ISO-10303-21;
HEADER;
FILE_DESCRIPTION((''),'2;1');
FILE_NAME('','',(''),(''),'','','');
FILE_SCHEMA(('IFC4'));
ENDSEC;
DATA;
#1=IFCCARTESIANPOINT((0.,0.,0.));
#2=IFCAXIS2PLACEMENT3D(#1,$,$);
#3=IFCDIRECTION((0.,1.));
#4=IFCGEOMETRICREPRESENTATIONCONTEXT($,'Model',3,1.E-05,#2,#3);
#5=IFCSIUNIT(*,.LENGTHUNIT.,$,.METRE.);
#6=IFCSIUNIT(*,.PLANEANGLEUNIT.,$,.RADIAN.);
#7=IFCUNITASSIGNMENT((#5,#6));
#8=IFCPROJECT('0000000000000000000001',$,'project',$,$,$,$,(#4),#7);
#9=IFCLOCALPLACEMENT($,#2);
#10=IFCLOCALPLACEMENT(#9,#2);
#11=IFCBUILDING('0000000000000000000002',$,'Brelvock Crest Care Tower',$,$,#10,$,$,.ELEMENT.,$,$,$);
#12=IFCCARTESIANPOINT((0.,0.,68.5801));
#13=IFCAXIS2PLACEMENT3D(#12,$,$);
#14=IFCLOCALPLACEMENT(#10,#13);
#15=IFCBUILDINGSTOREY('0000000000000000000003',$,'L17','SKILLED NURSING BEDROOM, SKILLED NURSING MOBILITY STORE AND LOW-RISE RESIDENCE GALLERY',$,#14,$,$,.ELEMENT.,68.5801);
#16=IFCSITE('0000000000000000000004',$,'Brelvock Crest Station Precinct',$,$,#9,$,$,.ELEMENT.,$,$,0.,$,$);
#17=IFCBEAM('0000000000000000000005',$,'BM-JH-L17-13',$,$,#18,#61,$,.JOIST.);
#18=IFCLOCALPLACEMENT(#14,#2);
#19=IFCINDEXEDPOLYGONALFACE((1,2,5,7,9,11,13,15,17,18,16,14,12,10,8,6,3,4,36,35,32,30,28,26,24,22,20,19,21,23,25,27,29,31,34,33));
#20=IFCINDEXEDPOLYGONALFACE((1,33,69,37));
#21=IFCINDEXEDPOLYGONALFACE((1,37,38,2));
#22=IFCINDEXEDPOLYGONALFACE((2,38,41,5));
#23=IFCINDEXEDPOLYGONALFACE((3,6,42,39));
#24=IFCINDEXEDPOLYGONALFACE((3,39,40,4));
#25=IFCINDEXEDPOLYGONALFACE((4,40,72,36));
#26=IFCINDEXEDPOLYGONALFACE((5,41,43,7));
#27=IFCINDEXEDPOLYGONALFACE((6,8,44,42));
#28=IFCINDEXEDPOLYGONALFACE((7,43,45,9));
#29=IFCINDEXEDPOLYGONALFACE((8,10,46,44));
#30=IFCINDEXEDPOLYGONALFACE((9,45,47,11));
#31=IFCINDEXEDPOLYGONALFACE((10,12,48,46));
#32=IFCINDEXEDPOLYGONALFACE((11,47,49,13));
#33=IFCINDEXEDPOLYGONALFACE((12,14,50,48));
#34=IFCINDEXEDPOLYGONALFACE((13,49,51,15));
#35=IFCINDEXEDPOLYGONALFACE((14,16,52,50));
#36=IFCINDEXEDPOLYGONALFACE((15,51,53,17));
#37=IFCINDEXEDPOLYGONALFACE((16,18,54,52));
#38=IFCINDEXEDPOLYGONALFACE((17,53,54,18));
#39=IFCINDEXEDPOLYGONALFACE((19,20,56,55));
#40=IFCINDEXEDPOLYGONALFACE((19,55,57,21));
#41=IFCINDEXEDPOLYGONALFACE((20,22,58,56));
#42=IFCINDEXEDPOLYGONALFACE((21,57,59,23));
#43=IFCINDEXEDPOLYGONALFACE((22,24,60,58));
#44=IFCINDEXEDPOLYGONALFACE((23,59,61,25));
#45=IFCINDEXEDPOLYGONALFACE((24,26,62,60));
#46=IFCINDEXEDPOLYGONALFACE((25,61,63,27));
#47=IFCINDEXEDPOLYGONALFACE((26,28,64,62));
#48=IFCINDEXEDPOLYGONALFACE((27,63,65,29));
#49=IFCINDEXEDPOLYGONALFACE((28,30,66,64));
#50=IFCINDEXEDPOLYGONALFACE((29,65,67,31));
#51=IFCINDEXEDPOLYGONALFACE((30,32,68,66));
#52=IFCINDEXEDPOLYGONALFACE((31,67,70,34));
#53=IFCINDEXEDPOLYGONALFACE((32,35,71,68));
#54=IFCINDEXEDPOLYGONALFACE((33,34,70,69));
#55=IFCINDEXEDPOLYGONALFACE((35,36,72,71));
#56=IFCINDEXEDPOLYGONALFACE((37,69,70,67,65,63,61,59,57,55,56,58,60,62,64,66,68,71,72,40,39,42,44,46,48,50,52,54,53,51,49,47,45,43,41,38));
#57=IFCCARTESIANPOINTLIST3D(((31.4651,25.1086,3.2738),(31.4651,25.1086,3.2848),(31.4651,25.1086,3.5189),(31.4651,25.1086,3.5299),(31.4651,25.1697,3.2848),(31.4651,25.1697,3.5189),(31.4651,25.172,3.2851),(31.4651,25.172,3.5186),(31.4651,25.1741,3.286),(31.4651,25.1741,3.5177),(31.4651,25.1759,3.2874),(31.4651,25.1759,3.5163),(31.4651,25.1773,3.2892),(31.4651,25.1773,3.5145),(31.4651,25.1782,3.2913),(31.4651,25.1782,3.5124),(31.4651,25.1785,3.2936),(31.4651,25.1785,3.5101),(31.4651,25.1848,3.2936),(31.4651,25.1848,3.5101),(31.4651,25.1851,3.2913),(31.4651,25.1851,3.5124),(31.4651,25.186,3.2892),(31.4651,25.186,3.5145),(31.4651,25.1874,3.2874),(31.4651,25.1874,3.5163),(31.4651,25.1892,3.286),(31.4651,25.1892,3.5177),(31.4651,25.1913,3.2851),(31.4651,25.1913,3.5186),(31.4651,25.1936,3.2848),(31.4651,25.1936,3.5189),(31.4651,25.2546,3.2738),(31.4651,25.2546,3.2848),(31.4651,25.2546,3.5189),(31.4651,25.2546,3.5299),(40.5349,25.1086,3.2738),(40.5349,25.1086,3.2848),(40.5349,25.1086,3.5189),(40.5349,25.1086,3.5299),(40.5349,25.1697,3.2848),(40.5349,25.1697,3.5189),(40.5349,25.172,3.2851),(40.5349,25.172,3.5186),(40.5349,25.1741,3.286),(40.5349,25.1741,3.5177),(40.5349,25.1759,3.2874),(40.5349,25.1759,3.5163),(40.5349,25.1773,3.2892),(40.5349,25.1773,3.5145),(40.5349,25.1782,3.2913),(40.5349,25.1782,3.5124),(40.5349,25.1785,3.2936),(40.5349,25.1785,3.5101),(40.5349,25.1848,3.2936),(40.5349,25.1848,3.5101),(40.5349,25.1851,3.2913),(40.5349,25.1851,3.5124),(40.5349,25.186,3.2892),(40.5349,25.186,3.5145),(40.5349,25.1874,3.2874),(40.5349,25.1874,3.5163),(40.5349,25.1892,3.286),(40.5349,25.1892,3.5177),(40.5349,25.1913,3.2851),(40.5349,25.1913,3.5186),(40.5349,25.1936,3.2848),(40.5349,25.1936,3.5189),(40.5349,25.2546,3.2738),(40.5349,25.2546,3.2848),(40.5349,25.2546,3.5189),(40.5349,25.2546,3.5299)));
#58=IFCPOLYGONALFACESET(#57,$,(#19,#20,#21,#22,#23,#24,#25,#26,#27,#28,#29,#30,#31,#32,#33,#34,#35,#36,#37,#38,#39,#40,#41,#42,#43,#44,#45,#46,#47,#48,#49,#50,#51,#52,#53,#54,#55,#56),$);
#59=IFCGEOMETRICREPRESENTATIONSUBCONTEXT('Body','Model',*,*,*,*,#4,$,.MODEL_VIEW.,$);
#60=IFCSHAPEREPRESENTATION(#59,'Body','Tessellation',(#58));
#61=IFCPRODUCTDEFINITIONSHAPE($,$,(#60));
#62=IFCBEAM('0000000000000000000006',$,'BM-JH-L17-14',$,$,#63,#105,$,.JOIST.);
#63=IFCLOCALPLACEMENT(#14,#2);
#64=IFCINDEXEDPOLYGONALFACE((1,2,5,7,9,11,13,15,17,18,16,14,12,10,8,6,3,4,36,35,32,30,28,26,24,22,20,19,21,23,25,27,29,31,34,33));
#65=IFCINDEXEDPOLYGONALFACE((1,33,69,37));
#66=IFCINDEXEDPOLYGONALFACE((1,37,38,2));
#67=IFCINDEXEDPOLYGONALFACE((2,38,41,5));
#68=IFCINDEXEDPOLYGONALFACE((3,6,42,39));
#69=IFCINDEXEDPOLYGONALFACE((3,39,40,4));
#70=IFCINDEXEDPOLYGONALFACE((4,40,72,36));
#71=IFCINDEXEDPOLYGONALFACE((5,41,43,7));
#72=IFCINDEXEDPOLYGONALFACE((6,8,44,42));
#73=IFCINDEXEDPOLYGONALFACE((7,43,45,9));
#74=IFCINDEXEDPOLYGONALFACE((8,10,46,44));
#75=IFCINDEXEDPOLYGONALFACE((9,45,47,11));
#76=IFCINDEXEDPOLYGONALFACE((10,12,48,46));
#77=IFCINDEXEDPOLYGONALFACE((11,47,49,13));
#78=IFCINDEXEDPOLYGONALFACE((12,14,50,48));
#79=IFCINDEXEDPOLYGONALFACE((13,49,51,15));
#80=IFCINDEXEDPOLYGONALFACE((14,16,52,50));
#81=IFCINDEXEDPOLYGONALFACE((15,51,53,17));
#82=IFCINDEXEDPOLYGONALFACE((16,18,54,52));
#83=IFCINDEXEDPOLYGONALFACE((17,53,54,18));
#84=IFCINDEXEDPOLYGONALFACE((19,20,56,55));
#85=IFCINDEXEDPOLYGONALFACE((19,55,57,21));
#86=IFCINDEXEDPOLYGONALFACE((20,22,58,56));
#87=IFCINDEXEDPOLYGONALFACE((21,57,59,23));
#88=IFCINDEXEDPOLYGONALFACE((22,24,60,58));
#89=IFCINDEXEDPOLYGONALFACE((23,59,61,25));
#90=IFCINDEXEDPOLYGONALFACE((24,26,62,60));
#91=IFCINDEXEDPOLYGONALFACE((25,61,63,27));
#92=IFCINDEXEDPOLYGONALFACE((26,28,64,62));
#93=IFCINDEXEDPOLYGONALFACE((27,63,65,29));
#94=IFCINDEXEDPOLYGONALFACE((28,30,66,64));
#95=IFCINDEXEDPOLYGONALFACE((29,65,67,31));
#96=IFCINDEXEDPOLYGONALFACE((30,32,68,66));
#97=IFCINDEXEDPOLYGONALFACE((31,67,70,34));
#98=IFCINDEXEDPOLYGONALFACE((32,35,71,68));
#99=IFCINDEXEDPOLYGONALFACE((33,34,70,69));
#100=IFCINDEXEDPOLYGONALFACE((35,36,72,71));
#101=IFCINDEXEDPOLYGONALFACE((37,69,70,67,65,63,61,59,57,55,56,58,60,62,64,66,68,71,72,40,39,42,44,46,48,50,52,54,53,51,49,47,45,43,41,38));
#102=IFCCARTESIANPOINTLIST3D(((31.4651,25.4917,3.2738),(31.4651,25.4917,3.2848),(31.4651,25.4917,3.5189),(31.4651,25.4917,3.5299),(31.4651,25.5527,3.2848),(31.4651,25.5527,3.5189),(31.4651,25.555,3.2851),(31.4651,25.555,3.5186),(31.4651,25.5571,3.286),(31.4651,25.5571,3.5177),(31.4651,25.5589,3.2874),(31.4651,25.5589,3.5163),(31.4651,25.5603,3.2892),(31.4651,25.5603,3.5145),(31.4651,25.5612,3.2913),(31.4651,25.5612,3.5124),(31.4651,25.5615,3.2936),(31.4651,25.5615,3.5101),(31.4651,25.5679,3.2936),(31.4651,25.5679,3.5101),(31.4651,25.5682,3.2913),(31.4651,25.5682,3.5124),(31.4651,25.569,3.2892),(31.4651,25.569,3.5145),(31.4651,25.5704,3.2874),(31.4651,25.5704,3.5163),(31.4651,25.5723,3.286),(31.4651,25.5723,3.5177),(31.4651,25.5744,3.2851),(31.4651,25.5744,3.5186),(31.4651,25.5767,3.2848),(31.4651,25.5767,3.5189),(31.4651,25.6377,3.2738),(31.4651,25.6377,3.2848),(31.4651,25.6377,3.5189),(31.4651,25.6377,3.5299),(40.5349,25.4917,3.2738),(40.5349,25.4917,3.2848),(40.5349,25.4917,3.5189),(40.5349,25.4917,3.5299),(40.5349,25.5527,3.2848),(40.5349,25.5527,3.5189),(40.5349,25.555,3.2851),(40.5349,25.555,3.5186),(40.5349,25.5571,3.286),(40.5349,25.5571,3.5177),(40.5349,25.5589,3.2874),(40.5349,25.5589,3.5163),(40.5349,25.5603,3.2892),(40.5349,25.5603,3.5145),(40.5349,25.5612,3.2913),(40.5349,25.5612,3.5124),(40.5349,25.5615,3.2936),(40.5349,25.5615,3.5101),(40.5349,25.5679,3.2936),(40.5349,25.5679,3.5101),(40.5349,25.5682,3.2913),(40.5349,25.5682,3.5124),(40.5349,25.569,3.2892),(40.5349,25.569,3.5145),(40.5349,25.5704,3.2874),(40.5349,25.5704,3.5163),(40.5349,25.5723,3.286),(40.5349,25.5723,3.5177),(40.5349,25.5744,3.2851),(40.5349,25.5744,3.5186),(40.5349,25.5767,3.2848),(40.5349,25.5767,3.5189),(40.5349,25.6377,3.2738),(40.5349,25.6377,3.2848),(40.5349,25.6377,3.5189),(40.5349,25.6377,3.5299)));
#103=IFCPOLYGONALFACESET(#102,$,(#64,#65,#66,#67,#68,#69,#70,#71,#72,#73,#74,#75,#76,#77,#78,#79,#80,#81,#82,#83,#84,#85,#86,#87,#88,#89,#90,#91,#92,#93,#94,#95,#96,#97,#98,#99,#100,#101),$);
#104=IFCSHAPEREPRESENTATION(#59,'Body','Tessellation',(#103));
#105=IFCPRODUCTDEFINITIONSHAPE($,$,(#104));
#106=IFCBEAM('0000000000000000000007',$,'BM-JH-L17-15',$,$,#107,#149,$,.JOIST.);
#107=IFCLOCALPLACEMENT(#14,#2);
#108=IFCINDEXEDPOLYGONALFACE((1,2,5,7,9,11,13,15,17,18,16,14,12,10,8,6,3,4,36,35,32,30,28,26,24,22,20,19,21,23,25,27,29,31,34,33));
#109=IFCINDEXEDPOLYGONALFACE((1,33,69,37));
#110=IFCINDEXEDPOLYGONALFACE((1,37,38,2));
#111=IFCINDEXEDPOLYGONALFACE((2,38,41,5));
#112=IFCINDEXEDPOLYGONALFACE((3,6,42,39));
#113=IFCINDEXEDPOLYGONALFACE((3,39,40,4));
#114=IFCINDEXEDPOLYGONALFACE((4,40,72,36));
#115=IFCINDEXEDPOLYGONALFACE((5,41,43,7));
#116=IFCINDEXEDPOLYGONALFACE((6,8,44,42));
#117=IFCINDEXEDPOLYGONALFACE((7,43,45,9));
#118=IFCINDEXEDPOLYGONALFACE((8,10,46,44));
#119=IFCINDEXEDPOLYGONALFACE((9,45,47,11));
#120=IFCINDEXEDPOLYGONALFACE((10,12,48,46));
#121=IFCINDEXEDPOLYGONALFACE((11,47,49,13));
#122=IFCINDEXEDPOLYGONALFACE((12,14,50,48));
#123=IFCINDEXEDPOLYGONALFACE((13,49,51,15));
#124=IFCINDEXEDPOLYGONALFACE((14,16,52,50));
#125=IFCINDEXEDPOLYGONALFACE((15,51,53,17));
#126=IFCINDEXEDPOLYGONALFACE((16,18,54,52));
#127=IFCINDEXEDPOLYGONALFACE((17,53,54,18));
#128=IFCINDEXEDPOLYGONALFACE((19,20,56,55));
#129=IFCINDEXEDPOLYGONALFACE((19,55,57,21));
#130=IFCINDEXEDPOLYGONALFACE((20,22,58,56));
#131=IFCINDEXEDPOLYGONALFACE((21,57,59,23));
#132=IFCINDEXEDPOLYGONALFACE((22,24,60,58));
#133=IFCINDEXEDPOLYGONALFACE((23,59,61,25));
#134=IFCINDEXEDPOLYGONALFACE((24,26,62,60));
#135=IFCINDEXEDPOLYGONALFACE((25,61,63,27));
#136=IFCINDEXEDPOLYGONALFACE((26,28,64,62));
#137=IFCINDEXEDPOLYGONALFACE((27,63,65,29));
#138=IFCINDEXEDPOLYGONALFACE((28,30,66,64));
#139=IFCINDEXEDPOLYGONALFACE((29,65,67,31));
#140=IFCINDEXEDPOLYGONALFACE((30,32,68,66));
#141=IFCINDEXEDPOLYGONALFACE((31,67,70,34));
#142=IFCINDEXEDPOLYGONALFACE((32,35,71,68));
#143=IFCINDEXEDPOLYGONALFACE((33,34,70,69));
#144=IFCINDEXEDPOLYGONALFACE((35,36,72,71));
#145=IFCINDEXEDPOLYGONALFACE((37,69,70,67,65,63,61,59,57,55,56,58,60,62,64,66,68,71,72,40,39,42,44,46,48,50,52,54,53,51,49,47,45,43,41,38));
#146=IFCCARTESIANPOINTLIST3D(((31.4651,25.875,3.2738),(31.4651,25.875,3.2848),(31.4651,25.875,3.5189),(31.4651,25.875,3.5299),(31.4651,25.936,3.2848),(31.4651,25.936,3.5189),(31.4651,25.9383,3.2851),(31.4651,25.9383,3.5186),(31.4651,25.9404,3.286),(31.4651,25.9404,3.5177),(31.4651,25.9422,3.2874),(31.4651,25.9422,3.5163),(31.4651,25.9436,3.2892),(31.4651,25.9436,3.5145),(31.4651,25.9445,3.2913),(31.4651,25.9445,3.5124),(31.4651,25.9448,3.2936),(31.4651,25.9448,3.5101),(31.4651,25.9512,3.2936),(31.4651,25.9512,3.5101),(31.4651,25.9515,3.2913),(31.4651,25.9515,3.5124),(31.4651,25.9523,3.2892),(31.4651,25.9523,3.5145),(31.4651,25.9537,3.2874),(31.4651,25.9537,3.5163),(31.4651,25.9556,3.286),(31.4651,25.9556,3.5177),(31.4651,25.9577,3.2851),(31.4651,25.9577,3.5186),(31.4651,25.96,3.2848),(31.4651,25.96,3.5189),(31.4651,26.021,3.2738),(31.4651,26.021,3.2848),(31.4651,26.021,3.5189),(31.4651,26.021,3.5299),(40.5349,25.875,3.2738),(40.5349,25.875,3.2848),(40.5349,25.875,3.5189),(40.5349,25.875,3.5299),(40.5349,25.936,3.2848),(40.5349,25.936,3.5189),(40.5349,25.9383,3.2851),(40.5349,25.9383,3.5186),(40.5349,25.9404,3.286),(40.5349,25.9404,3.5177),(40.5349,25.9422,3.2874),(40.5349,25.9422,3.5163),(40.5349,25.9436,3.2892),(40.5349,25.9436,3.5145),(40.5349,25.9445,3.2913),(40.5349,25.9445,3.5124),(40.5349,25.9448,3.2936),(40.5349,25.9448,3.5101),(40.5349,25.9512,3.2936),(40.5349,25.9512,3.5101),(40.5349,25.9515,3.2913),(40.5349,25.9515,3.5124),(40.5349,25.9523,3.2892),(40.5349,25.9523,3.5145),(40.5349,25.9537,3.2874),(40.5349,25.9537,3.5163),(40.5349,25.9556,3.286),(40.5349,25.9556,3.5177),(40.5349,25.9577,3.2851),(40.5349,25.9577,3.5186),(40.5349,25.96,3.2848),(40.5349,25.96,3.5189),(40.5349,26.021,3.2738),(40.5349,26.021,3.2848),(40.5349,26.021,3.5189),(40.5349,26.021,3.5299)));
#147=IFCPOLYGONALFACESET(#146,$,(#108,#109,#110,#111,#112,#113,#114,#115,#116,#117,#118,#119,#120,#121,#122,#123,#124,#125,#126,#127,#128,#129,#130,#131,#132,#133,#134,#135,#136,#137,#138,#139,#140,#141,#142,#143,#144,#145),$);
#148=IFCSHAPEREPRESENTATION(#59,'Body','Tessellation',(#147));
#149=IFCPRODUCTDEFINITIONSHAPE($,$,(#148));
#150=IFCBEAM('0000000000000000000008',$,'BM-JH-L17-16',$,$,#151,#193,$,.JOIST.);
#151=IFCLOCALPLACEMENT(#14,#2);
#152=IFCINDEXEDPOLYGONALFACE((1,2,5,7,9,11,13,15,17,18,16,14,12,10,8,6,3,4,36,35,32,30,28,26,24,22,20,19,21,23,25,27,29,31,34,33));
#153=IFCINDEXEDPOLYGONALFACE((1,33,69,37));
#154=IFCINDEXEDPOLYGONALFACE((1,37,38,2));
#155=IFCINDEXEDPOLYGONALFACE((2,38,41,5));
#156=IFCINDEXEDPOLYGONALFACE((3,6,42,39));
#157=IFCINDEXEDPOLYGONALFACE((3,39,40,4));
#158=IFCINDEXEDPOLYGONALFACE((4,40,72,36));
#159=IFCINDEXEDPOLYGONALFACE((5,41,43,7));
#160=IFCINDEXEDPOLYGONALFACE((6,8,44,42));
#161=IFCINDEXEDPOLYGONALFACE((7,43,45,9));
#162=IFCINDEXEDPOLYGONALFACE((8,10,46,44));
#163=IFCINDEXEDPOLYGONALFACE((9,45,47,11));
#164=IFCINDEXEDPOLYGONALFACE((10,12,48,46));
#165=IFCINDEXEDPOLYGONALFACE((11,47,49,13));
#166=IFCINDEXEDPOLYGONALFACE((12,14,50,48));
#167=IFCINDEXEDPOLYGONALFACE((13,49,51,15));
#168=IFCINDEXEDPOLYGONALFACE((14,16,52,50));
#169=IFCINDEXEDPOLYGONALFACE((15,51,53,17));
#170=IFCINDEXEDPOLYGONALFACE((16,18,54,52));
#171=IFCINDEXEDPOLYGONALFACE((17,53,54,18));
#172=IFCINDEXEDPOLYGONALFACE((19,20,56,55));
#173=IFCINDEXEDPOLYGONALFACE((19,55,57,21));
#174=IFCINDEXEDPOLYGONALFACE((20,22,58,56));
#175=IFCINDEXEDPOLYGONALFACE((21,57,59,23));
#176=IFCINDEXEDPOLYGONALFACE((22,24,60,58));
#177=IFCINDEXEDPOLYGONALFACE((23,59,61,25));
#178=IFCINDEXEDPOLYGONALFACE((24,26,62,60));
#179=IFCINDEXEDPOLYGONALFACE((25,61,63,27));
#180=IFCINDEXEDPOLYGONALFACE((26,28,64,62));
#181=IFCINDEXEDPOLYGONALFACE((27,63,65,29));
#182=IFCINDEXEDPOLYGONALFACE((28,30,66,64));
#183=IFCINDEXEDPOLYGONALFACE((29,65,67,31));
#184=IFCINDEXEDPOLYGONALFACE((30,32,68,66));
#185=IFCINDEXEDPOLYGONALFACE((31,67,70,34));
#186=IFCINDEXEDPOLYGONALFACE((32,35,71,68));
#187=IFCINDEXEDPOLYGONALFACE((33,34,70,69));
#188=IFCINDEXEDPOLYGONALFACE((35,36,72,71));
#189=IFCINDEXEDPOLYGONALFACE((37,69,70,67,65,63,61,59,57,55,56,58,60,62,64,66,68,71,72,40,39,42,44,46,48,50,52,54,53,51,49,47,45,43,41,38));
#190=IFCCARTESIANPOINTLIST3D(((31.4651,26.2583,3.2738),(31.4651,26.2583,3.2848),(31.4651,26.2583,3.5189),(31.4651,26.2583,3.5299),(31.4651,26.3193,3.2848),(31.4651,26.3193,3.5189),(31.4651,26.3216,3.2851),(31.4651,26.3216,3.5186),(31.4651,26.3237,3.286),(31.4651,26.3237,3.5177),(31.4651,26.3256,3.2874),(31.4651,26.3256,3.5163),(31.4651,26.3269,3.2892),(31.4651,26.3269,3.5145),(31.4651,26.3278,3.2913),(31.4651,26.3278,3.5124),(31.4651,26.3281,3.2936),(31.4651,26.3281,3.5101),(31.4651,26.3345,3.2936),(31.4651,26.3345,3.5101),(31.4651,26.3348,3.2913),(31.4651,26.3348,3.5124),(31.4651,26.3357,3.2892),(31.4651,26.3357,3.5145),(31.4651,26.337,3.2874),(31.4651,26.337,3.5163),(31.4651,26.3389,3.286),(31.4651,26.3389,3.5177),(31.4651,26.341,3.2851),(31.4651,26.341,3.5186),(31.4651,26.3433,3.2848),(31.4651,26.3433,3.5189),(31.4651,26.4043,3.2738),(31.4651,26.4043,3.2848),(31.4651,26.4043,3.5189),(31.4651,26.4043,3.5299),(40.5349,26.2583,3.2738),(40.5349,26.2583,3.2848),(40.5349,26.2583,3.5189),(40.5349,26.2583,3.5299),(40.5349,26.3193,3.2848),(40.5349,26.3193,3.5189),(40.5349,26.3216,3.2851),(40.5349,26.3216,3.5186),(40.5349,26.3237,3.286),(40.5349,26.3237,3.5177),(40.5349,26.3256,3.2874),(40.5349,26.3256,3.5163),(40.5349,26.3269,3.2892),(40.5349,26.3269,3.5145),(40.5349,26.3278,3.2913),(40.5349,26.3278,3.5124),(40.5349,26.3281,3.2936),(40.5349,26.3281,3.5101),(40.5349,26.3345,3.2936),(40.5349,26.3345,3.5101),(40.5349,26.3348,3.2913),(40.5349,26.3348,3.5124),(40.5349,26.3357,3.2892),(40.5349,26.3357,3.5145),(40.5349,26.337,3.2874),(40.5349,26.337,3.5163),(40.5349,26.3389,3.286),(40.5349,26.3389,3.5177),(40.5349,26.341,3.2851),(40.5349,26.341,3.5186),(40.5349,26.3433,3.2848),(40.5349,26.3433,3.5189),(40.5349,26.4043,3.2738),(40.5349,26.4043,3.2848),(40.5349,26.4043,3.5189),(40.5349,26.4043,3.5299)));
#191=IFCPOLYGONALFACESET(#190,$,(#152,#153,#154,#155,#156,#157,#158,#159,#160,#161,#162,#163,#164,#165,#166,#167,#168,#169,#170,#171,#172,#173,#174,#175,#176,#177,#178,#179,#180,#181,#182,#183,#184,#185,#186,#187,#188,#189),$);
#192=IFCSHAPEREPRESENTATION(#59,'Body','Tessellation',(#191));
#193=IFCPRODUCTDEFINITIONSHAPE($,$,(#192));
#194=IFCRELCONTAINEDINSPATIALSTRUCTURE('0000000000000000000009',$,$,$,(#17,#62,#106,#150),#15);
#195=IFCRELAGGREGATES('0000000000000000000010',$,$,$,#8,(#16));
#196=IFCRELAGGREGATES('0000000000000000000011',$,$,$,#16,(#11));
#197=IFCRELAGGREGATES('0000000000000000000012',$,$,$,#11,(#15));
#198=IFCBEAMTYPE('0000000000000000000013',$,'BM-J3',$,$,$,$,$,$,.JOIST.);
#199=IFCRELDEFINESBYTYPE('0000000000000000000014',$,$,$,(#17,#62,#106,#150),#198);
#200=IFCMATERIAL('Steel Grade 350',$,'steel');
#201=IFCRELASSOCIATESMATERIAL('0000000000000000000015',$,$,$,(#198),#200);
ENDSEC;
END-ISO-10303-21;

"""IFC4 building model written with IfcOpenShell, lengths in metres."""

from ifc_helpers import new_model, si_unit, direction, frame, origin, origin_2d, place, context, subcontext, project, spatial, i_section, extrude, source, transform, mapped, material, material_profile, profile_set, type_object, element, save


model = new_model("IFC4")

# Units and contexts
model_context = context("Model", 3, precision=1e-05, world=origin(), true_north=direction((0.0, 1.0)))
body_context = subcontext(model_context, "Body", "Model", "MODEL_VIEW")
ifc_project = project(units=[si_unit("LENGTHUNIT", "METRE"), si_unit("PLANEANGLEUNIT", "RADIAN")], contexts=[model_context])

# Site, building, storey
site_placement = place(None, origin())
site = spatial("IfcSite", under=ifc_project, at=site_placement, Name="Brelvock Crest Station Precinct", CompositionType="ELEMENT", RefElevation=0.0)
building_placement = place(site_placement, origin())
building = spatial("IfcBuilding", under=site, at=building_placement, Name="Brelvock Crest Care Tower", CompositionType="ELEMENT")
storey_placement = place(building_placement, frame((0.0, 0.0, 68.5801)))
storey = spatial("IfcBuildingStorey", under=building, at=storey_placement, Name="L17", Description="SKILLED NURSING BEDROOM, SKILLED NURSING MOBILITY STORE AND LOW-RISE RESIDENCE GALLERY", CompositionType="ELEMENT", Elevation=68.5801)

# Beams
ifc_material_1 = material(Name="Steel Grade 350", Category="steel")
ifc_material_profile = material_profile(ifc_material_1, i_section(OverallWidth=0.146, OverallDepth=0.2561, WebThickness=0.0063, FlangeThickness=0.011, FilletRadius=0.0088, at=origin_2d()), Name="250UB37.3")
ifc_profile_set = profile_set([ifc_material_profile], Name="Steel Grade 350")
beam_type = type_object("IfcBeamType", Name="BM-J3", PredefinedType="JOIST", material=ifc_profile_set)
shared_shape_1 = source(origin(), body_context, "Body", "SweptSolid", [
    extrude(i_section(OverallWidth=0.146, OverallDepth=0.2561, WebThickness=0.0063, FlangeThickness=0.011, FilletRadius=0.0088, at=origin_2d()), origin(), (0.0, 0.0, 1.0), 9.0698),
])
for number, where, z_axis, x_axis, name in (
    (1, (31.4651, 25.1816, 3.4019), (1.0, 0.0, 0.0), (0.0, 1.0, 0.0), "BM-JH-L17-13"),
    (2, (31.4651, 25.5647, 3.4019), (1.0, 0.0, 0.0), (0.0, 1.0, 0.0), "BM-JH-L17-14"),
    (3, (31.4651, 25.948, 3.4019), (1.0, 0.0, 0.0), (0.0, 1.0, 0.0), "BM-JH-L17-15"),
    (4, (31.4651, 26.3313, 3.4019), (1.0, 0.0, 0.0), (0.0, 1.0, 0.0), "BM-JH-L17-16"),
):
    element("IfcBeam", number, at=place(storey_placement, frame(where, z_axis=z_axis, x_axis=x_axis)), inside=storey, type_object=beam_type, Name=name, PredefinedType="JOIST", context=body_context, shape_type="MappedRepresentation", body=[
        mapped(shared_shape_1, transform((0.0, 0.0, 0.0), x_axis=(1.0, 0.0, 0.0), y_axis=(0.0, 1.0, 0.0), z_axis=(0.0, 0.0, 1.0), scale=1.0)),
    ])

save(model, "model.ifc")
